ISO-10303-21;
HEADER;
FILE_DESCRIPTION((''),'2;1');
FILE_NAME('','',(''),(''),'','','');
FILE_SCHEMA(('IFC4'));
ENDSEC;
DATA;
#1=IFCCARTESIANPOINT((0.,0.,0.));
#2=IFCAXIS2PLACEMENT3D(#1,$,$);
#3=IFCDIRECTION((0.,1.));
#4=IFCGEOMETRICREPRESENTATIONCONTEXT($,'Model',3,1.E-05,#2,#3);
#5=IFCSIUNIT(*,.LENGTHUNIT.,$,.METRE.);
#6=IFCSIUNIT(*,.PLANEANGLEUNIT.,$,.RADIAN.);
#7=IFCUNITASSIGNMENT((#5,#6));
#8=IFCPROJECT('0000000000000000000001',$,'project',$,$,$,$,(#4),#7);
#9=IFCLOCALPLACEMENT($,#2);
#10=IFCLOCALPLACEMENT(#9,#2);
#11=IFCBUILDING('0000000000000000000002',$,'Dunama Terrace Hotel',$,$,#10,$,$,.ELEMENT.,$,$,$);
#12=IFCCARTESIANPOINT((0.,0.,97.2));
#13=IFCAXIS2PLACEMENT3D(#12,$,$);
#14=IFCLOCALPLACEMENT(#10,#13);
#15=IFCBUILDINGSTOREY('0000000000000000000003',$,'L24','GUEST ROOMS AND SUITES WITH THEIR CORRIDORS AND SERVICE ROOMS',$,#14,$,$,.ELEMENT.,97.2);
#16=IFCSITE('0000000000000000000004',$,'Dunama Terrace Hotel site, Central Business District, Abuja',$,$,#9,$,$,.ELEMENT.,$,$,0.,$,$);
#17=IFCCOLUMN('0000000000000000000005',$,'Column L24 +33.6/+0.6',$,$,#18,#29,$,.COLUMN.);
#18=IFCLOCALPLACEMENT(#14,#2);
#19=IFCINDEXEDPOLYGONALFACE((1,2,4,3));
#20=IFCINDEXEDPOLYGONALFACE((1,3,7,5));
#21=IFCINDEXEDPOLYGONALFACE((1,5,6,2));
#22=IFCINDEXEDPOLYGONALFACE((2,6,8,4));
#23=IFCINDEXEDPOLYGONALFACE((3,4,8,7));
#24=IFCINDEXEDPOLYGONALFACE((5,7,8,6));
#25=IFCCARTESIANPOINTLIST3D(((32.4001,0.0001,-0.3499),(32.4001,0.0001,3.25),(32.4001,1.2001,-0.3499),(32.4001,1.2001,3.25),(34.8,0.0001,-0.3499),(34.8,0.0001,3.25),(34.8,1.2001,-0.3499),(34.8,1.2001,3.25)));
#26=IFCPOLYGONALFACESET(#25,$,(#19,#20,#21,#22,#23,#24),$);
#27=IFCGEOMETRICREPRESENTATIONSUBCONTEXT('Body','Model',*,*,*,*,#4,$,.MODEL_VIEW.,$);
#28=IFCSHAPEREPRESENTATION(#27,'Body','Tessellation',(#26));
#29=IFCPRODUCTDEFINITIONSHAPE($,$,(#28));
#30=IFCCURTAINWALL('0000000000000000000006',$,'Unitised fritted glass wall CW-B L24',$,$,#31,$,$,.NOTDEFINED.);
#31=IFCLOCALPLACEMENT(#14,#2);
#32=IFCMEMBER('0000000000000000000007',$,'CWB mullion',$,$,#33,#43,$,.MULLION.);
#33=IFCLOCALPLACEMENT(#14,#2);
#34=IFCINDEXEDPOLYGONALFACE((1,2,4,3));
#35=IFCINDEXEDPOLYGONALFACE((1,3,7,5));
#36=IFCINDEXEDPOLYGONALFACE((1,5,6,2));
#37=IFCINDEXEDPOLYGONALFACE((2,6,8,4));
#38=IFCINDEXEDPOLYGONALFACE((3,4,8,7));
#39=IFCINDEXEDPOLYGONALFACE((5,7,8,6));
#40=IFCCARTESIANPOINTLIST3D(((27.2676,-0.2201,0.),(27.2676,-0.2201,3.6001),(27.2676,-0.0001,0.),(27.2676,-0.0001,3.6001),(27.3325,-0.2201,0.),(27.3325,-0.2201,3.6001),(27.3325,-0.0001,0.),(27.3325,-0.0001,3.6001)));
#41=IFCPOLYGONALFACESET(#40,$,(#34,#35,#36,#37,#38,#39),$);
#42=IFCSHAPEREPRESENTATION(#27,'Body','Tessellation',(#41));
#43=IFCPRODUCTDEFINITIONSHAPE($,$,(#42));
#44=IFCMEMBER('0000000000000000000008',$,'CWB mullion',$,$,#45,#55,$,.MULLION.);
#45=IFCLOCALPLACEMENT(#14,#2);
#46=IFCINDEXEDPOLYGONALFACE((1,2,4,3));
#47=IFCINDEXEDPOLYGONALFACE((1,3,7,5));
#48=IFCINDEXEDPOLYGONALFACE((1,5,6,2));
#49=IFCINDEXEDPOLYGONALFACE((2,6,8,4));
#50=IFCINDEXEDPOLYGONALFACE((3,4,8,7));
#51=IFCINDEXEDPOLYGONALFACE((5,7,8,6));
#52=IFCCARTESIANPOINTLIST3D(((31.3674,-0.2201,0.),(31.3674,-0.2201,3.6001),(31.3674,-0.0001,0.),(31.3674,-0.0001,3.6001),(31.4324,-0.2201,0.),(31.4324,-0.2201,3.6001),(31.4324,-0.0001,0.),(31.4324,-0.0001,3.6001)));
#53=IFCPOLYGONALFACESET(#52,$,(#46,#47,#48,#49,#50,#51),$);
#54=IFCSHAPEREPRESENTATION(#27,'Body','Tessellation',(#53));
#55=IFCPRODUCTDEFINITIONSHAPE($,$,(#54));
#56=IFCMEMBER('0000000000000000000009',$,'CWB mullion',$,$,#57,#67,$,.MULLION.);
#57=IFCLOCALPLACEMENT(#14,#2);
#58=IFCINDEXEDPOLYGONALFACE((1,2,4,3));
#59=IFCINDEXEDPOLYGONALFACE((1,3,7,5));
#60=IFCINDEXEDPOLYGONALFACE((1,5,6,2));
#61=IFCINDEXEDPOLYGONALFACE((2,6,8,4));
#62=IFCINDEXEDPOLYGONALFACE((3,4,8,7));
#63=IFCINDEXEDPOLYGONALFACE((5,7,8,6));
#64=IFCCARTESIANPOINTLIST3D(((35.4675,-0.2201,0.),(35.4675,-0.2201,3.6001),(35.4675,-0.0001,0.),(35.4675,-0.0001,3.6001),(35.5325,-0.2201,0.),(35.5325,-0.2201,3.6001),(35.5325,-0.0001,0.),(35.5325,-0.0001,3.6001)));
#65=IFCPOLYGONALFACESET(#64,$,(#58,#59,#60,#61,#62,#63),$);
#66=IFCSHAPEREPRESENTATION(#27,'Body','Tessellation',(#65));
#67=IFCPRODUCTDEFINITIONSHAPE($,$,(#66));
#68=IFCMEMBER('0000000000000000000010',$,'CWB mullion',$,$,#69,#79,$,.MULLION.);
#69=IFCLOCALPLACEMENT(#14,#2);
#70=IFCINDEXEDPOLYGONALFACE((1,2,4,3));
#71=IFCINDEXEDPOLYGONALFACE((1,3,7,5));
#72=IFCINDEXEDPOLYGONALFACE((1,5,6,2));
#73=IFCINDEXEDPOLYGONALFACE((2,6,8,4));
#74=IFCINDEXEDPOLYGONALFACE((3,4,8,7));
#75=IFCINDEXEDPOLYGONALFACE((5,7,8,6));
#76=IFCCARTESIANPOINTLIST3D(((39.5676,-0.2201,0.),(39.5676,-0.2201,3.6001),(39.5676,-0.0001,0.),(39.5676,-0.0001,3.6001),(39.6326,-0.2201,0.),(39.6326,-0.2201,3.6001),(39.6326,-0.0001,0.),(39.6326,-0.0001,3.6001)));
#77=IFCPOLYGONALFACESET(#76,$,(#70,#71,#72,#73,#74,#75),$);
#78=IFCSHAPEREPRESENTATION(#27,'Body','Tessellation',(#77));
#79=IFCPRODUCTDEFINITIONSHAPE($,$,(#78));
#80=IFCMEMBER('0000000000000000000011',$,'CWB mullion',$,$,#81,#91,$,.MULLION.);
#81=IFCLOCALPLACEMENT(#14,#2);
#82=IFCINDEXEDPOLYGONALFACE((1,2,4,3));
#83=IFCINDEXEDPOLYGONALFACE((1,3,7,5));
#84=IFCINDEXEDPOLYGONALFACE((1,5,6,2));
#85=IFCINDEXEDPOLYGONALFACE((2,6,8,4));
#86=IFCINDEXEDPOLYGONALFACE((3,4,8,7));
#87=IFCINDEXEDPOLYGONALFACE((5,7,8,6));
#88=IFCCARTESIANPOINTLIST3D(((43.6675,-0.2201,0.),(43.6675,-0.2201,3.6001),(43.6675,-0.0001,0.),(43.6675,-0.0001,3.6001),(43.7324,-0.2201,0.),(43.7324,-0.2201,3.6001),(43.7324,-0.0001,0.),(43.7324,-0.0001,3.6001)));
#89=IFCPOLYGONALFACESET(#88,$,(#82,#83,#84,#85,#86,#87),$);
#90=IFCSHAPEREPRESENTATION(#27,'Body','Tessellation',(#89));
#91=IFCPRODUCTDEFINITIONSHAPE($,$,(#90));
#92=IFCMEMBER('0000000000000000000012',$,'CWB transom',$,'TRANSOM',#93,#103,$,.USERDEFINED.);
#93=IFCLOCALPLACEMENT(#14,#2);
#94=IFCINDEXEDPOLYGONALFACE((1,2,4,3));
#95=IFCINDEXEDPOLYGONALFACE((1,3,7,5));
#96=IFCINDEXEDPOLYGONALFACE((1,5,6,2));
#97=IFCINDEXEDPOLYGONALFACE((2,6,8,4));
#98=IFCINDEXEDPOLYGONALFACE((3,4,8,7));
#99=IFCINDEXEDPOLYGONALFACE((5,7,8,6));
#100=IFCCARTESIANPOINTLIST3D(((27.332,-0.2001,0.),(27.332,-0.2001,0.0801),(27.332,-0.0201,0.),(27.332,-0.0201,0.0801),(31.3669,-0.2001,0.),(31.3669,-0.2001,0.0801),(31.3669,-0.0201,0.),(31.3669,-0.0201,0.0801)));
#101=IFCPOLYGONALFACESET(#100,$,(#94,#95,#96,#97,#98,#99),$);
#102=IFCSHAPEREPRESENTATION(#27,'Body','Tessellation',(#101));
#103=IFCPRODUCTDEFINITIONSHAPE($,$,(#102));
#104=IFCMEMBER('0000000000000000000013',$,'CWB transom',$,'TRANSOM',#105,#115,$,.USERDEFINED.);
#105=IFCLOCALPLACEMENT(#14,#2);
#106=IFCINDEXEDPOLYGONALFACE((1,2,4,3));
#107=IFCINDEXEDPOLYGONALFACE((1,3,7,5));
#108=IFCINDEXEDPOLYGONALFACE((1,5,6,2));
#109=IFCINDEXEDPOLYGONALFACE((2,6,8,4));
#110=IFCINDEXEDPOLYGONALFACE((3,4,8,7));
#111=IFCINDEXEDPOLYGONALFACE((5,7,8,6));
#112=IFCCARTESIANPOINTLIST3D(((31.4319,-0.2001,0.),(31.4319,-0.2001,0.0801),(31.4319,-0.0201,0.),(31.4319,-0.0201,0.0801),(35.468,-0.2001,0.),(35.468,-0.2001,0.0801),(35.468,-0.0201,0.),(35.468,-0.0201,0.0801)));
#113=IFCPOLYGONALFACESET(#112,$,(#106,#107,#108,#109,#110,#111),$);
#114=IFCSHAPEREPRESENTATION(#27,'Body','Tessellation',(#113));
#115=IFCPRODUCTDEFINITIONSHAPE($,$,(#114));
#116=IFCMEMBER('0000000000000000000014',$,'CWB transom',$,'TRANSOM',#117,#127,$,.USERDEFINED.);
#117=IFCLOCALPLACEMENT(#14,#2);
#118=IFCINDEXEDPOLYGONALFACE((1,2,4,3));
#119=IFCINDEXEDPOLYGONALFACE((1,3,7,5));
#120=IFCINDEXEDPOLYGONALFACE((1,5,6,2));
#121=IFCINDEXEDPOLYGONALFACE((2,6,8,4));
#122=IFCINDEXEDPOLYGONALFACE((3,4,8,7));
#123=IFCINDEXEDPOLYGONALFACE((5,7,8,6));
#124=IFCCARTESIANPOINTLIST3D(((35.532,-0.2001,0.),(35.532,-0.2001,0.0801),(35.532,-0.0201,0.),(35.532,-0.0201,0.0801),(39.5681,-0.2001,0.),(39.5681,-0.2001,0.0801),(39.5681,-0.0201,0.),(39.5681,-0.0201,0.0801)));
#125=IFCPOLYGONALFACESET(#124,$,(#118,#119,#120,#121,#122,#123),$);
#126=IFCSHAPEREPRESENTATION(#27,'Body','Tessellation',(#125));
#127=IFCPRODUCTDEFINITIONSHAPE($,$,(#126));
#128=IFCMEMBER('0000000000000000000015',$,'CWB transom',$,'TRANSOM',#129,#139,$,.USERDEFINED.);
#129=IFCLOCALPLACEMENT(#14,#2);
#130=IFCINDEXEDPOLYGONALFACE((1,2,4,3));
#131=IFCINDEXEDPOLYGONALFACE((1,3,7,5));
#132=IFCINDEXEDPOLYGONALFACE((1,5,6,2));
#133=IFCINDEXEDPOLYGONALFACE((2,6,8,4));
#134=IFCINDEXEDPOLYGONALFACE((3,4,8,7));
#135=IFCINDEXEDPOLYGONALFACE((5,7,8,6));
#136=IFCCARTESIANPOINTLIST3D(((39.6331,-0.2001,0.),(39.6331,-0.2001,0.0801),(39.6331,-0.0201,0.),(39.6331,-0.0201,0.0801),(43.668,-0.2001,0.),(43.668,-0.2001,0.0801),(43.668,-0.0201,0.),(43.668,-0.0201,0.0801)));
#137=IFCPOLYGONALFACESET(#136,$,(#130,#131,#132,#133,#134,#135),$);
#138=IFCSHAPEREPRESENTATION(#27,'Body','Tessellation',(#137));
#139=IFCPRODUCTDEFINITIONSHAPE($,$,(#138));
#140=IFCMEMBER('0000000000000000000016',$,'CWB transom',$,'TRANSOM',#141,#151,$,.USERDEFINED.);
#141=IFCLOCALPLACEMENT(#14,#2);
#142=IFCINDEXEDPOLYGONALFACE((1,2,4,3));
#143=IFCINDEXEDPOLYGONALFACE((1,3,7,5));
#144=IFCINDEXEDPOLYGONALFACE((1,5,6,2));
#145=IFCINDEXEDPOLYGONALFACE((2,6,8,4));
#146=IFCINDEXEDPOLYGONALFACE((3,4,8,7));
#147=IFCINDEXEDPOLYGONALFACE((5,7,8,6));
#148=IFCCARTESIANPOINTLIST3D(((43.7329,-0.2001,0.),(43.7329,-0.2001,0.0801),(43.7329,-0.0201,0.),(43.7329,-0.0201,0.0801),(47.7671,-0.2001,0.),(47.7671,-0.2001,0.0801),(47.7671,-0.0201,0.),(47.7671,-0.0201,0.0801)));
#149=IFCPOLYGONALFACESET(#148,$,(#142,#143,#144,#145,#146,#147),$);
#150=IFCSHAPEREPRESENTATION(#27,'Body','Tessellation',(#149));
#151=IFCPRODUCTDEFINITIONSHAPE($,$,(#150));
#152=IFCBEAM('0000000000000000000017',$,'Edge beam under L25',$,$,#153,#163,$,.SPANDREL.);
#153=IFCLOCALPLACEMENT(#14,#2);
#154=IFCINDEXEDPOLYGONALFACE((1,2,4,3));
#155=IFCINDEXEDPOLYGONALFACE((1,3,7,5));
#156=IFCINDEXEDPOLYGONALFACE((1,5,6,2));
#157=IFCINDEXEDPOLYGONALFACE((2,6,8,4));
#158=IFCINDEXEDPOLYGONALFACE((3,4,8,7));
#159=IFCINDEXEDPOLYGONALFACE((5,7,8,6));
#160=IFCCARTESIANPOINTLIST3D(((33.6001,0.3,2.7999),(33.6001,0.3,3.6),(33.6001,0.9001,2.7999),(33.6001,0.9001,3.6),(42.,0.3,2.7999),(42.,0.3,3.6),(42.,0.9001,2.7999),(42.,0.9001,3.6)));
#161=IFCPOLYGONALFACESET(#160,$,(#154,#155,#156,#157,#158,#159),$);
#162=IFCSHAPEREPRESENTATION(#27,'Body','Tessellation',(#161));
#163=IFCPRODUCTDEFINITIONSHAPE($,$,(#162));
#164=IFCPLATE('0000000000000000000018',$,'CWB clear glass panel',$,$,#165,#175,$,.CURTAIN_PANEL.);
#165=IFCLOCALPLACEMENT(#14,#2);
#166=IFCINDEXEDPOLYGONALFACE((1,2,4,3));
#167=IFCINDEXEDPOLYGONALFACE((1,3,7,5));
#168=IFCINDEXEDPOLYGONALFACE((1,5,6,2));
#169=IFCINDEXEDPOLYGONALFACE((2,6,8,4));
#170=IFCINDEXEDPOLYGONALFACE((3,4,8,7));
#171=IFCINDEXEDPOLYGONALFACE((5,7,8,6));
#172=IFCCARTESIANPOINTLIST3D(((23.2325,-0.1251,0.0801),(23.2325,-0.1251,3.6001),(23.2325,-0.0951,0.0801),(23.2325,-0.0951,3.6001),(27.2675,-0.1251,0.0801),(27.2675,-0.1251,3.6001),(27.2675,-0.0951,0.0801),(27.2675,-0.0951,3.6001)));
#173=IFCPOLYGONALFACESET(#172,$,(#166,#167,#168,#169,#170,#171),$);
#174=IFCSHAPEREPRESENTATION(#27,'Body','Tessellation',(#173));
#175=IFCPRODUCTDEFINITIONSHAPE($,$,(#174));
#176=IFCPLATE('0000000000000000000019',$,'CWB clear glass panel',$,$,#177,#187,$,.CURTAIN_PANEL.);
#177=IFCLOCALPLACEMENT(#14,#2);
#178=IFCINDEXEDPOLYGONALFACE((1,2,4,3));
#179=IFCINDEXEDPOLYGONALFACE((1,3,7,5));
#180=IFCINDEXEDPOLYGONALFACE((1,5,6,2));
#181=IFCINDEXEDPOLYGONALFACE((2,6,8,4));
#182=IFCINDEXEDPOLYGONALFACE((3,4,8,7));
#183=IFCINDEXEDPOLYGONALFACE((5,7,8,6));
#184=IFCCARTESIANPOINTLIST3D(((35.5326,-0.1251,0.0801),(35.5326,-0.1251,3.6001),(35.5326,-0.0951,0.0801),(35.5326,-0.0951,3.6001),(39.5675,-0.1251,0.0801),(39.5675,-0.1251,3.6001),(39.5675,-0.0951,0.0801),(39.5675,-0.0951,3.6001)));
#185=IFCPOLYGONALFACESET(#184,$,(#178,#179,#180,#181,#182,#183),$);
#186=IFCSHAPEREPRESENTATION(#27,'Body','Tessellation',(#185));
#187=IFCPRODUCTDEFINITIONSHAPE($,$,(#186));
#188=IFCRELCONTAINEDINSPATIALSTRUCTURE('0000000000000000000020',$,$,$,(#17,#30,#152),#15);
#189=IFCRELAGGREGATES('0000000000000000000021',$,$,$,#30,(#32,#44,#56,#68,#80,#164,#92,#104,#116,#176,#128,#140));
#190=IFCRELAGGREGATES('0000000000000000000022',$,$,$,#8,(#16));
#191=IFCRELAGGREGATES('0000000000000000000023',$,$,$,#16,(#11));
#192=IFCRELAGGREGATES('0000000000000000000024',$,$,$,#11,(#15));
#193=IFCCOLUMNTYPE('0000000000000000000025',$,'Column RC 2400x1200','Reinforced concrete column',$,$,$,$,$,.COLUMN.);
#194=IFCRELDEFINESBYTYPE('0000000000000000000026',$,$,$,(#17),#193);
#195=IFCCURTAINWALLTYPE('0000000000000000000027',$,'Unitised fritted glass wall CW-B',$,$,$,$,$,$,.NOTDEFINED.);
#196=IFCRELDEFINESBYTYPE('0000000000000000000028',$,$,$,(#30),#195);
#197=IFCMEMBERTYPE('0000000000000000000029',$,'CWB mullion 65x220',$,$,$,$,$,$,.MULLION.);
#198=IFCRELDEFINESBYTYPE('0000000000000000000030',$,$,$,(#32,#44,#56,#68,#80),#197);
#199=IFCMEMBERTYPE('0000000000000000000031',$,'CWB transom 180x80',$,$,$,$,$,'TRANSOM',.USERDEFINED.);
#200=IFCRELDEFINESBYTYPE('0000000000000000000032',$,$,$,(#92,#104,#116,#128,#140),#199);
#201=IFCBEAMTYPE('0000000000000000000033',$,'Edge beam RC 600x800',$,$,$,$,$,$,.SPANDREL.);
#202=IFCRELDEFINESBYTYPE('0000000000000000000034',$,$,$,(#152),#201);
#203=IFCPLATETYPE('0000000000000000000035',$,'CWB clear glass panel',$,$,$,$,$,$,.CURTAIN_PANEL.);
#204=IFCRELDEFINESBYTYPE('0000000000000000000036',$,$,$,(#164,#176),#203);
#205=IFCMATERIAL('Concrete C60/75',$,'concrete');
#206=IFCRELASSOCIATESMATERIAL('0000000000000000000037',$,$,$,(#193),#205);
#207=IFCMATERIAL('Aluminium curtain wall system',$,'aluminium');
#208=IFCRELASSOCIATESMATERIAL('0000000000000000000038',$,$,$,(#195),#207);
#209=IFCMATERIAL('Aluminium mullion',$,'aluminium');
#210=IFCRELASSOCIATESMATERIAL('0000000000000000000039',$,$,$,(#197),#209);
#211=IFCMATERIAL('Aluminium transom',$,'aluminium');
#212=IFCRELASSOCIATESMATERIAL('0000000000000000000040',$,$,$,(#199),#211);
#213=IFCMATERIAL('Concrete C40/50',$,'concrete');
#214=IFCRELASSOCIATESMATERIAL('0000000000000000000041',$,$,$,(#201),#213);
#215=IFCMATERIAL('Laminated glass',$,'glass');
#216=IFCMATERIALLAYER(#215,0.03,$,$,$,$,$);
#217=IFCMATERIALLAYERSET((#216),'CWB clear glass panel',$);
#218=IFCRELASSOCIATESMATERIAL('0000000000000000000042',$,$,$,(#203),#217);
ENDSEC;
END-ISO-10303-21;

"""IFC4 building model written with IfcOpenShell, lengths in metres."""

from ifc_helpers import new_model, si_unit, direction, frame, origin, origin_2d, place, context, subcontext, project, spatial, rectangle, extrude, material, layer, layer_set, material_profile, profile_set, type_object, element, aggregate, save


model = new_model("IFC4")

# Units and contexts
model_context = context("Model", 3, precision=1e-05, world=origin(), true_north=direction((0.0, 1.0)))
body_context = subcontext(model_context, "Body", "Model", "MODEL_VIEW")
ifc_project = project(units=[si_unit("LENGTHUNIT", "METRE"), si_unit("PLANEANGLEUNIT", "RADIAN")], contexts=[model_context])

# Site, building, storey
site_placement = place(None, origin())
site = spatial("IfcSite", under=ifc_project, at=site_placement, Name="Dunama Terrace Hotel site, Central Business District, Abuja", CompositionType="ELEMENT", RefElevation=0.0)
building_placement = place(site_placement, origin())
building = spatial("IfcBuilding", under=site, at=building_placement, Name="Dunama Terrace Hotel", CompositionType="ELEMENT")
storey_placement = place(building_placement, frame((0.0, 0.0, 97.2)))
storey = spatial("IfcBuildingStorey", under=building, at=storey_placement, Name="L24", Description="GUEST ROOMS AND SUITES WITH THEIR CORRIDORS AND SERVICE ROOMS", CompositionType="ELEMENT", Elevation=97.2)

# Column
ifc_material_1 = material(Name="Concrete C60/75", Category="concrete")
ifc_material_profile_1 = material_profile(ifc_material_1, rectangle(XDim=2.3999, YDim=1.2, at=origin_2d()), Name="RC 2400x1200")
ifc_profile_set_1 = profile_set([ifc_material_profile_1], Name="Concrete C60/75")
column_type = type_object("IfcColumnType", Name="Column RC 2400x1200", Description="Reinforced concrete column", PredefinedType="COLUMN", material=ifc_profile_set_1)
column_placement = place(storey_placement, frame((33.6001, 0.6001, -0.3499), z_axis=(0.0, 0.0, 1.0), x_axis=(1.0, 0.0, 0.0)))
element("IfcColumn", 1, at=column_placement, inside=storey, type_object=column_type, Name="Column L24 +33.6/+0.6", PredefinedType="COLUMN", context=body_context, shape_type="SweptSolid", body=[
    extrude(rectangle(XDim=2.3999, YDim=1.2, at=origin_2d()), origin(), (0.0, 0.0, 1.0), 3.5999),
])

# Curtain wall, members
ifc_material_2 = material(Name="Aluminium curtain wall system", Category="aluminium")
curtain_wall_type = type_object("IfcCurtainWallType", Name="Unitised fritted glass wall CW-B", PredefinedType="NOTDEFINED", material=ifc_material_2)
curtain_wall_placement = place(storey_placement, origin())
curtain_wall = element("IfcCurtainWall", 2, at=curtain_wall_placement, inside=storey, type_object=curtain_wall_type, Name="Unitised fritted glass wall CW-B L24", PredefinedType="NOTDEFINED")
ifc_material_3 = material(Name="Aluminium mullion", Category="aluminium")
ifc_material_profile_2 = material_profile(ifc_material_3, rectangle(XDim=0.0649, YDim=0.22, at=origin_2d()), Name="CWB MULLION 65X220")
ifc_profile_set_2 = profile_set([ifc_material_profile_2], Name="Aluminium mullion")
member_type_1 = type_object("IfcMemberType", Name="CWB mullion 65x220", PredefinedType="MULLION", material=ifc_profile_set_2)
member_1_placement = place(storey_placement, frame((27.3, -0.1101, 0.0), z_axis=(0.0, 0.0, 1.0), x_axis=(1.0, 0.0, 0.0)))
member_1 = element("IfcMember", 3, at=member_1_placement, type_object=member_type_1, Name="CWB mullion", PredefinedType="MULLION", context=body_context, shape_type="SweptSolid", body=[
    extrude(rectangle(XDim=0.0649, YDim=0.22, at=origin_2d()), origin(), (0.0, 0.0, 1.0), 3.6001),
])
member_2_placement = place(storey_placement, frame((31.3999, -0.1101, 0.0), z_axis=(0.0, 0.0, 1.0), x_axis=(1.0, 0.0, 0.0)))
member_2 = element("IfcMember", 4, at=member_2_placement, type_object=member_type_1, Name="CWB mullion", PredefinedType="MULLION", context=body_context, shape_type="SweptSolid", body=[
    extrude(rectangle(XDim=0.0649, YDim=0.22, at=origin_2d()), origin(), (0.0, 0.0, 1.0), 3.6001),
])
member_3_placement = place(storey_placement, frame((35.5, -0.1101, 0.0), z_axis=(0.0, 0.0, 1.0), x_axis=(1.0, 0.0, 0.0)))
member_3 = element("IfcMember", 5, at=member_3_placement, type_object=member_type_1, Name="CWB mullion", PredefinedType="MULLION", context=body_context, shape_type="SweptSolid", body=[
    extrude(rectangle(XDim=0.0649, YDim=0.22, at=origin_2d()), origin(), (0.0, 0.0, 1.0), 3.6001),
])
member_4_placement = place(storey_placement, frame((39.6001, -0.1101, 0.0), z_axis=(0.0, 0.0, 1.0), x_axis=(1.0, 0.0, 0.0)))
member_4 = element("IfcMember", 6, at=member_4_placement, type_object=member_type_1, Name="CWB mullion", PredefinedType="MULLION", context=body_context, shape_type="SweptSolid", body=[
    extrude(rectangle(XDim=0.0649, YDim=0.22, at=origin_2d()), origin(), (0.0, 0.0, 1.0), 3.6001),
])
member_5_placement = place(storey_placement, frame((43.7, -0.1101, 0.0), z_axis=(0.0, 0.0, 1.0), x_axis=(1.0, 0.0, 0.0)))
member_5 = element("IfcMember", 7, at=member_5_placement, type_object=member_type_1, Name="CWB mullion", PredefinedType="MULLION", context=body_context, shape_type="SweptSolid", body=[
    extrude(rectangle(XDim=0.0649, YDim=0.22, at=origin_2d()), origin(), (0.0, 0.0, 1.0), 3.6001),
])
ifc_material_4 = material(Name="Aluminium transom", Category="aluminium")
ifc_material_profile_3 = material_profile(ifc_material_4, rectangle(XDim=0.1799, YDim=0.0801, at=origin_2d()), Name="CWB TRANSOM 180X80")
ifc_profile_set_3 = profile_set([ifc_material_profile_3], Name="Aluminium transom")
member_type_2 = type_object("IfcMemberType", Name="CWB transom 180x80", ElementType="TRANSOM", PredefinedType="USERDEFINED", material=ifc_profile_set_3)
member_6_placement = place(storey_placement, frame((27.332, -0.1101, 0.04), z_axis=(1.0, 0.0, 0.0), x_axis=(0.0, 1.0, 0.0)))
member_6 = element("IfcMember", 8, at=member_6_placement, type_object=member_type_2, Name="CWB transom", ObjectType="TRANSOM", PredefinedType="USERDEFINED", context=body_context, shape_type="SweptSolid", body=[
    extrude(rectangle(XDim=0.1799, YDim=0.0801, at=origin_2d()), origin(), (0.0, 0.0, 1.0), 4.0349),
])
member_7_placement = place(storey_placement, frame((31.4319, -0.1101, 0.04), z_axis=(1.0, 0.0, 0.0), x_axis=(0.0, 1.0, 0.0)))
member_7 = element("IfcMember", 9, at=member_7_placement, type_object=member_type_2, Name="CWB transom", ObjectType="TRANSOM", PredefinedType="USERDEFINED", context=body_context, shape_type="SweptSolid", body=[
    extrude(rectangle(XDim=0.1799, YDim=0.0801, at=origin_2d()), origin(), (0.0, 0.0, 1.0), 4.0361),
])
member_8_placement = place(storey_placement, frame((35.532, -0.1101, 0.04), z_axis=(1.0, 0.0, 0.0), x_axis=(0.0, 1.0, 0.0)))
member_8 = element("IfcMember", 10, at=member_8_placement, type_object=member_type_2, Name="CWB transom", ObjectType="TRANSOM", PredefinedType="USERDEFINED", context=body_context, shape_type="SweptSolid", body=[
    extrude(rectangle(XDim=0.1799, YDim=0.0801, at=origin_2d()), origin(), (0.0, 0.0, 1.0), 4.0361),
])
member_9_placement = place(storey_placement, frame((39.6331, -0.1101, 0.04), z_axis=(1.0, 0.0, 0.0), x_axis=(0.0, 1.0, 0.0)))
member_9 = element("IfcMember", 11, at=member_9_placement, type_object=member_type_2, Name="CWB transom", ObjectType="TRANSOM", PredefinedType="USERDEFINED", context=body_context, shape_type="SweptSolid", body=[
    extrude(rectangle(XDim=0.1799, YDim=0.0801, at=origin_2d()), origin(), (0.0, 0.0, 1.0), 4.0349),
])
member_10_placement = place(storey_placement, frame((43.7329, -0.1101, 0.04), z_axis=(1.0, 0.0, 0.0), x_axis=(0.0, 1.0, 0.0)))
member_10 = element("IfcMember", 12, at=member_10_placement, type_object=member_type_2, Name="CWB transom", ObjectType="TRANSOM", PredefinedType="USERDEFINED", context=body_context, shape_type="SweptSolid", body=[
    extrude(rectangle(XDim=0.1799, YDim=0.0801, at=origin_2d()), origin(), (0.0, 0.0, 1.0), 4.0342),
])

# Beam
ifc_material_5 = material(Name="Concrete C40/50", Category="concrete")
ifc_material_profile_4 = material_profile(ifc_material_5, rectangle(XDim=0.6001, YDim=0.8, at=origin_2d()), Name="RC 600x800")
ifc_profile_set_4 = profile_set([ifc_material_profile_4], Name="Concrete C40/50")
beam_type = type_object("IfcBeamType", Name="Edge beam RC 600x800", PredefinedType="SPANDREL", material=ifc_profile_set_4)
beam_placement = place(storey_placement, frame((33.6001, 0.6001, 3.2), z_axis=(1.0, 0.0, 0.0), x_axis=(0.0, 1.0, 0.0)))
element("IfcBeam", 13, at=beam_placement, inside=storey, type_object=beam_type, Name="Edge beam under L25", PredefinedType="SPANDREL", context=body_context, shape_type="SweptSolid", body=[
    extrude(rectangle(XDim=0.6001, YDim=0.8, at=origin_2d()), origin(), (0.0, 0.0, 1.0), 8.3999),
])

# Plates
ifc_material_6 = material(Name="Laminated glass", Category="glass")
ifc_layer_1 = layer(ifc_material_6, 0.03)
ifc_layer_set_1 = layer_set([ifc_layer_1], Name="CWB clear glass panel")
plate_type_1 = type_object("IfcPlateType", Name="CWB clear glass panel", PredefinedType="CURTAIN_PANEL", material=ifc_layer_set_1)
plate_1_placement = place(storey_placement, frame((25.25, -0.1101, 0.0801), z_axis=(0.0, 0.0, 1.0), x_axis=(1.0, 0.0, 0.0)))
plate_1 = element("IfcPlate", 14, at=plate_1_placement, type_object=plate_type_1, Name="CWB clear glass panel", PredefinedType="CURTAIN_PANEL", context=body_context, shape_type="SweptSolid", body=[
    extrude(rectangle(XDim=4.0349, YDim=0.03, at=origin_2d()), origin(), (0.0, 0.0, 1.0), 3.52),
])
plate_2_placement = place(storey_placement, frame((37.55, -0.1101, 0.0801), z_axis=(0.0, 0.0, 1.0), x_axis=(1.0, 0.0, 0.0)))
plate_2 = element("IfcPlate", 15, at=plate_2_placement, type_object=plate_type_1, Name="CWB clear glass panel", PredefinedType="CURTAIN_PANEL", context=body_context, shape_type="SweptSolid", body=[
    extrude(rectangle(XDim=4.0349, YDim=0.03, at=origin_2d()), origin(), (0.0, 0.0, 1.0), 3.52),
])
aggregate(curtain_wall, [member_1, member_2, member_3, member_4, member_5, plate_1, member_6, member_7, member_8, plate_2, member_9, member_10])

save(model, "model.ifc")
